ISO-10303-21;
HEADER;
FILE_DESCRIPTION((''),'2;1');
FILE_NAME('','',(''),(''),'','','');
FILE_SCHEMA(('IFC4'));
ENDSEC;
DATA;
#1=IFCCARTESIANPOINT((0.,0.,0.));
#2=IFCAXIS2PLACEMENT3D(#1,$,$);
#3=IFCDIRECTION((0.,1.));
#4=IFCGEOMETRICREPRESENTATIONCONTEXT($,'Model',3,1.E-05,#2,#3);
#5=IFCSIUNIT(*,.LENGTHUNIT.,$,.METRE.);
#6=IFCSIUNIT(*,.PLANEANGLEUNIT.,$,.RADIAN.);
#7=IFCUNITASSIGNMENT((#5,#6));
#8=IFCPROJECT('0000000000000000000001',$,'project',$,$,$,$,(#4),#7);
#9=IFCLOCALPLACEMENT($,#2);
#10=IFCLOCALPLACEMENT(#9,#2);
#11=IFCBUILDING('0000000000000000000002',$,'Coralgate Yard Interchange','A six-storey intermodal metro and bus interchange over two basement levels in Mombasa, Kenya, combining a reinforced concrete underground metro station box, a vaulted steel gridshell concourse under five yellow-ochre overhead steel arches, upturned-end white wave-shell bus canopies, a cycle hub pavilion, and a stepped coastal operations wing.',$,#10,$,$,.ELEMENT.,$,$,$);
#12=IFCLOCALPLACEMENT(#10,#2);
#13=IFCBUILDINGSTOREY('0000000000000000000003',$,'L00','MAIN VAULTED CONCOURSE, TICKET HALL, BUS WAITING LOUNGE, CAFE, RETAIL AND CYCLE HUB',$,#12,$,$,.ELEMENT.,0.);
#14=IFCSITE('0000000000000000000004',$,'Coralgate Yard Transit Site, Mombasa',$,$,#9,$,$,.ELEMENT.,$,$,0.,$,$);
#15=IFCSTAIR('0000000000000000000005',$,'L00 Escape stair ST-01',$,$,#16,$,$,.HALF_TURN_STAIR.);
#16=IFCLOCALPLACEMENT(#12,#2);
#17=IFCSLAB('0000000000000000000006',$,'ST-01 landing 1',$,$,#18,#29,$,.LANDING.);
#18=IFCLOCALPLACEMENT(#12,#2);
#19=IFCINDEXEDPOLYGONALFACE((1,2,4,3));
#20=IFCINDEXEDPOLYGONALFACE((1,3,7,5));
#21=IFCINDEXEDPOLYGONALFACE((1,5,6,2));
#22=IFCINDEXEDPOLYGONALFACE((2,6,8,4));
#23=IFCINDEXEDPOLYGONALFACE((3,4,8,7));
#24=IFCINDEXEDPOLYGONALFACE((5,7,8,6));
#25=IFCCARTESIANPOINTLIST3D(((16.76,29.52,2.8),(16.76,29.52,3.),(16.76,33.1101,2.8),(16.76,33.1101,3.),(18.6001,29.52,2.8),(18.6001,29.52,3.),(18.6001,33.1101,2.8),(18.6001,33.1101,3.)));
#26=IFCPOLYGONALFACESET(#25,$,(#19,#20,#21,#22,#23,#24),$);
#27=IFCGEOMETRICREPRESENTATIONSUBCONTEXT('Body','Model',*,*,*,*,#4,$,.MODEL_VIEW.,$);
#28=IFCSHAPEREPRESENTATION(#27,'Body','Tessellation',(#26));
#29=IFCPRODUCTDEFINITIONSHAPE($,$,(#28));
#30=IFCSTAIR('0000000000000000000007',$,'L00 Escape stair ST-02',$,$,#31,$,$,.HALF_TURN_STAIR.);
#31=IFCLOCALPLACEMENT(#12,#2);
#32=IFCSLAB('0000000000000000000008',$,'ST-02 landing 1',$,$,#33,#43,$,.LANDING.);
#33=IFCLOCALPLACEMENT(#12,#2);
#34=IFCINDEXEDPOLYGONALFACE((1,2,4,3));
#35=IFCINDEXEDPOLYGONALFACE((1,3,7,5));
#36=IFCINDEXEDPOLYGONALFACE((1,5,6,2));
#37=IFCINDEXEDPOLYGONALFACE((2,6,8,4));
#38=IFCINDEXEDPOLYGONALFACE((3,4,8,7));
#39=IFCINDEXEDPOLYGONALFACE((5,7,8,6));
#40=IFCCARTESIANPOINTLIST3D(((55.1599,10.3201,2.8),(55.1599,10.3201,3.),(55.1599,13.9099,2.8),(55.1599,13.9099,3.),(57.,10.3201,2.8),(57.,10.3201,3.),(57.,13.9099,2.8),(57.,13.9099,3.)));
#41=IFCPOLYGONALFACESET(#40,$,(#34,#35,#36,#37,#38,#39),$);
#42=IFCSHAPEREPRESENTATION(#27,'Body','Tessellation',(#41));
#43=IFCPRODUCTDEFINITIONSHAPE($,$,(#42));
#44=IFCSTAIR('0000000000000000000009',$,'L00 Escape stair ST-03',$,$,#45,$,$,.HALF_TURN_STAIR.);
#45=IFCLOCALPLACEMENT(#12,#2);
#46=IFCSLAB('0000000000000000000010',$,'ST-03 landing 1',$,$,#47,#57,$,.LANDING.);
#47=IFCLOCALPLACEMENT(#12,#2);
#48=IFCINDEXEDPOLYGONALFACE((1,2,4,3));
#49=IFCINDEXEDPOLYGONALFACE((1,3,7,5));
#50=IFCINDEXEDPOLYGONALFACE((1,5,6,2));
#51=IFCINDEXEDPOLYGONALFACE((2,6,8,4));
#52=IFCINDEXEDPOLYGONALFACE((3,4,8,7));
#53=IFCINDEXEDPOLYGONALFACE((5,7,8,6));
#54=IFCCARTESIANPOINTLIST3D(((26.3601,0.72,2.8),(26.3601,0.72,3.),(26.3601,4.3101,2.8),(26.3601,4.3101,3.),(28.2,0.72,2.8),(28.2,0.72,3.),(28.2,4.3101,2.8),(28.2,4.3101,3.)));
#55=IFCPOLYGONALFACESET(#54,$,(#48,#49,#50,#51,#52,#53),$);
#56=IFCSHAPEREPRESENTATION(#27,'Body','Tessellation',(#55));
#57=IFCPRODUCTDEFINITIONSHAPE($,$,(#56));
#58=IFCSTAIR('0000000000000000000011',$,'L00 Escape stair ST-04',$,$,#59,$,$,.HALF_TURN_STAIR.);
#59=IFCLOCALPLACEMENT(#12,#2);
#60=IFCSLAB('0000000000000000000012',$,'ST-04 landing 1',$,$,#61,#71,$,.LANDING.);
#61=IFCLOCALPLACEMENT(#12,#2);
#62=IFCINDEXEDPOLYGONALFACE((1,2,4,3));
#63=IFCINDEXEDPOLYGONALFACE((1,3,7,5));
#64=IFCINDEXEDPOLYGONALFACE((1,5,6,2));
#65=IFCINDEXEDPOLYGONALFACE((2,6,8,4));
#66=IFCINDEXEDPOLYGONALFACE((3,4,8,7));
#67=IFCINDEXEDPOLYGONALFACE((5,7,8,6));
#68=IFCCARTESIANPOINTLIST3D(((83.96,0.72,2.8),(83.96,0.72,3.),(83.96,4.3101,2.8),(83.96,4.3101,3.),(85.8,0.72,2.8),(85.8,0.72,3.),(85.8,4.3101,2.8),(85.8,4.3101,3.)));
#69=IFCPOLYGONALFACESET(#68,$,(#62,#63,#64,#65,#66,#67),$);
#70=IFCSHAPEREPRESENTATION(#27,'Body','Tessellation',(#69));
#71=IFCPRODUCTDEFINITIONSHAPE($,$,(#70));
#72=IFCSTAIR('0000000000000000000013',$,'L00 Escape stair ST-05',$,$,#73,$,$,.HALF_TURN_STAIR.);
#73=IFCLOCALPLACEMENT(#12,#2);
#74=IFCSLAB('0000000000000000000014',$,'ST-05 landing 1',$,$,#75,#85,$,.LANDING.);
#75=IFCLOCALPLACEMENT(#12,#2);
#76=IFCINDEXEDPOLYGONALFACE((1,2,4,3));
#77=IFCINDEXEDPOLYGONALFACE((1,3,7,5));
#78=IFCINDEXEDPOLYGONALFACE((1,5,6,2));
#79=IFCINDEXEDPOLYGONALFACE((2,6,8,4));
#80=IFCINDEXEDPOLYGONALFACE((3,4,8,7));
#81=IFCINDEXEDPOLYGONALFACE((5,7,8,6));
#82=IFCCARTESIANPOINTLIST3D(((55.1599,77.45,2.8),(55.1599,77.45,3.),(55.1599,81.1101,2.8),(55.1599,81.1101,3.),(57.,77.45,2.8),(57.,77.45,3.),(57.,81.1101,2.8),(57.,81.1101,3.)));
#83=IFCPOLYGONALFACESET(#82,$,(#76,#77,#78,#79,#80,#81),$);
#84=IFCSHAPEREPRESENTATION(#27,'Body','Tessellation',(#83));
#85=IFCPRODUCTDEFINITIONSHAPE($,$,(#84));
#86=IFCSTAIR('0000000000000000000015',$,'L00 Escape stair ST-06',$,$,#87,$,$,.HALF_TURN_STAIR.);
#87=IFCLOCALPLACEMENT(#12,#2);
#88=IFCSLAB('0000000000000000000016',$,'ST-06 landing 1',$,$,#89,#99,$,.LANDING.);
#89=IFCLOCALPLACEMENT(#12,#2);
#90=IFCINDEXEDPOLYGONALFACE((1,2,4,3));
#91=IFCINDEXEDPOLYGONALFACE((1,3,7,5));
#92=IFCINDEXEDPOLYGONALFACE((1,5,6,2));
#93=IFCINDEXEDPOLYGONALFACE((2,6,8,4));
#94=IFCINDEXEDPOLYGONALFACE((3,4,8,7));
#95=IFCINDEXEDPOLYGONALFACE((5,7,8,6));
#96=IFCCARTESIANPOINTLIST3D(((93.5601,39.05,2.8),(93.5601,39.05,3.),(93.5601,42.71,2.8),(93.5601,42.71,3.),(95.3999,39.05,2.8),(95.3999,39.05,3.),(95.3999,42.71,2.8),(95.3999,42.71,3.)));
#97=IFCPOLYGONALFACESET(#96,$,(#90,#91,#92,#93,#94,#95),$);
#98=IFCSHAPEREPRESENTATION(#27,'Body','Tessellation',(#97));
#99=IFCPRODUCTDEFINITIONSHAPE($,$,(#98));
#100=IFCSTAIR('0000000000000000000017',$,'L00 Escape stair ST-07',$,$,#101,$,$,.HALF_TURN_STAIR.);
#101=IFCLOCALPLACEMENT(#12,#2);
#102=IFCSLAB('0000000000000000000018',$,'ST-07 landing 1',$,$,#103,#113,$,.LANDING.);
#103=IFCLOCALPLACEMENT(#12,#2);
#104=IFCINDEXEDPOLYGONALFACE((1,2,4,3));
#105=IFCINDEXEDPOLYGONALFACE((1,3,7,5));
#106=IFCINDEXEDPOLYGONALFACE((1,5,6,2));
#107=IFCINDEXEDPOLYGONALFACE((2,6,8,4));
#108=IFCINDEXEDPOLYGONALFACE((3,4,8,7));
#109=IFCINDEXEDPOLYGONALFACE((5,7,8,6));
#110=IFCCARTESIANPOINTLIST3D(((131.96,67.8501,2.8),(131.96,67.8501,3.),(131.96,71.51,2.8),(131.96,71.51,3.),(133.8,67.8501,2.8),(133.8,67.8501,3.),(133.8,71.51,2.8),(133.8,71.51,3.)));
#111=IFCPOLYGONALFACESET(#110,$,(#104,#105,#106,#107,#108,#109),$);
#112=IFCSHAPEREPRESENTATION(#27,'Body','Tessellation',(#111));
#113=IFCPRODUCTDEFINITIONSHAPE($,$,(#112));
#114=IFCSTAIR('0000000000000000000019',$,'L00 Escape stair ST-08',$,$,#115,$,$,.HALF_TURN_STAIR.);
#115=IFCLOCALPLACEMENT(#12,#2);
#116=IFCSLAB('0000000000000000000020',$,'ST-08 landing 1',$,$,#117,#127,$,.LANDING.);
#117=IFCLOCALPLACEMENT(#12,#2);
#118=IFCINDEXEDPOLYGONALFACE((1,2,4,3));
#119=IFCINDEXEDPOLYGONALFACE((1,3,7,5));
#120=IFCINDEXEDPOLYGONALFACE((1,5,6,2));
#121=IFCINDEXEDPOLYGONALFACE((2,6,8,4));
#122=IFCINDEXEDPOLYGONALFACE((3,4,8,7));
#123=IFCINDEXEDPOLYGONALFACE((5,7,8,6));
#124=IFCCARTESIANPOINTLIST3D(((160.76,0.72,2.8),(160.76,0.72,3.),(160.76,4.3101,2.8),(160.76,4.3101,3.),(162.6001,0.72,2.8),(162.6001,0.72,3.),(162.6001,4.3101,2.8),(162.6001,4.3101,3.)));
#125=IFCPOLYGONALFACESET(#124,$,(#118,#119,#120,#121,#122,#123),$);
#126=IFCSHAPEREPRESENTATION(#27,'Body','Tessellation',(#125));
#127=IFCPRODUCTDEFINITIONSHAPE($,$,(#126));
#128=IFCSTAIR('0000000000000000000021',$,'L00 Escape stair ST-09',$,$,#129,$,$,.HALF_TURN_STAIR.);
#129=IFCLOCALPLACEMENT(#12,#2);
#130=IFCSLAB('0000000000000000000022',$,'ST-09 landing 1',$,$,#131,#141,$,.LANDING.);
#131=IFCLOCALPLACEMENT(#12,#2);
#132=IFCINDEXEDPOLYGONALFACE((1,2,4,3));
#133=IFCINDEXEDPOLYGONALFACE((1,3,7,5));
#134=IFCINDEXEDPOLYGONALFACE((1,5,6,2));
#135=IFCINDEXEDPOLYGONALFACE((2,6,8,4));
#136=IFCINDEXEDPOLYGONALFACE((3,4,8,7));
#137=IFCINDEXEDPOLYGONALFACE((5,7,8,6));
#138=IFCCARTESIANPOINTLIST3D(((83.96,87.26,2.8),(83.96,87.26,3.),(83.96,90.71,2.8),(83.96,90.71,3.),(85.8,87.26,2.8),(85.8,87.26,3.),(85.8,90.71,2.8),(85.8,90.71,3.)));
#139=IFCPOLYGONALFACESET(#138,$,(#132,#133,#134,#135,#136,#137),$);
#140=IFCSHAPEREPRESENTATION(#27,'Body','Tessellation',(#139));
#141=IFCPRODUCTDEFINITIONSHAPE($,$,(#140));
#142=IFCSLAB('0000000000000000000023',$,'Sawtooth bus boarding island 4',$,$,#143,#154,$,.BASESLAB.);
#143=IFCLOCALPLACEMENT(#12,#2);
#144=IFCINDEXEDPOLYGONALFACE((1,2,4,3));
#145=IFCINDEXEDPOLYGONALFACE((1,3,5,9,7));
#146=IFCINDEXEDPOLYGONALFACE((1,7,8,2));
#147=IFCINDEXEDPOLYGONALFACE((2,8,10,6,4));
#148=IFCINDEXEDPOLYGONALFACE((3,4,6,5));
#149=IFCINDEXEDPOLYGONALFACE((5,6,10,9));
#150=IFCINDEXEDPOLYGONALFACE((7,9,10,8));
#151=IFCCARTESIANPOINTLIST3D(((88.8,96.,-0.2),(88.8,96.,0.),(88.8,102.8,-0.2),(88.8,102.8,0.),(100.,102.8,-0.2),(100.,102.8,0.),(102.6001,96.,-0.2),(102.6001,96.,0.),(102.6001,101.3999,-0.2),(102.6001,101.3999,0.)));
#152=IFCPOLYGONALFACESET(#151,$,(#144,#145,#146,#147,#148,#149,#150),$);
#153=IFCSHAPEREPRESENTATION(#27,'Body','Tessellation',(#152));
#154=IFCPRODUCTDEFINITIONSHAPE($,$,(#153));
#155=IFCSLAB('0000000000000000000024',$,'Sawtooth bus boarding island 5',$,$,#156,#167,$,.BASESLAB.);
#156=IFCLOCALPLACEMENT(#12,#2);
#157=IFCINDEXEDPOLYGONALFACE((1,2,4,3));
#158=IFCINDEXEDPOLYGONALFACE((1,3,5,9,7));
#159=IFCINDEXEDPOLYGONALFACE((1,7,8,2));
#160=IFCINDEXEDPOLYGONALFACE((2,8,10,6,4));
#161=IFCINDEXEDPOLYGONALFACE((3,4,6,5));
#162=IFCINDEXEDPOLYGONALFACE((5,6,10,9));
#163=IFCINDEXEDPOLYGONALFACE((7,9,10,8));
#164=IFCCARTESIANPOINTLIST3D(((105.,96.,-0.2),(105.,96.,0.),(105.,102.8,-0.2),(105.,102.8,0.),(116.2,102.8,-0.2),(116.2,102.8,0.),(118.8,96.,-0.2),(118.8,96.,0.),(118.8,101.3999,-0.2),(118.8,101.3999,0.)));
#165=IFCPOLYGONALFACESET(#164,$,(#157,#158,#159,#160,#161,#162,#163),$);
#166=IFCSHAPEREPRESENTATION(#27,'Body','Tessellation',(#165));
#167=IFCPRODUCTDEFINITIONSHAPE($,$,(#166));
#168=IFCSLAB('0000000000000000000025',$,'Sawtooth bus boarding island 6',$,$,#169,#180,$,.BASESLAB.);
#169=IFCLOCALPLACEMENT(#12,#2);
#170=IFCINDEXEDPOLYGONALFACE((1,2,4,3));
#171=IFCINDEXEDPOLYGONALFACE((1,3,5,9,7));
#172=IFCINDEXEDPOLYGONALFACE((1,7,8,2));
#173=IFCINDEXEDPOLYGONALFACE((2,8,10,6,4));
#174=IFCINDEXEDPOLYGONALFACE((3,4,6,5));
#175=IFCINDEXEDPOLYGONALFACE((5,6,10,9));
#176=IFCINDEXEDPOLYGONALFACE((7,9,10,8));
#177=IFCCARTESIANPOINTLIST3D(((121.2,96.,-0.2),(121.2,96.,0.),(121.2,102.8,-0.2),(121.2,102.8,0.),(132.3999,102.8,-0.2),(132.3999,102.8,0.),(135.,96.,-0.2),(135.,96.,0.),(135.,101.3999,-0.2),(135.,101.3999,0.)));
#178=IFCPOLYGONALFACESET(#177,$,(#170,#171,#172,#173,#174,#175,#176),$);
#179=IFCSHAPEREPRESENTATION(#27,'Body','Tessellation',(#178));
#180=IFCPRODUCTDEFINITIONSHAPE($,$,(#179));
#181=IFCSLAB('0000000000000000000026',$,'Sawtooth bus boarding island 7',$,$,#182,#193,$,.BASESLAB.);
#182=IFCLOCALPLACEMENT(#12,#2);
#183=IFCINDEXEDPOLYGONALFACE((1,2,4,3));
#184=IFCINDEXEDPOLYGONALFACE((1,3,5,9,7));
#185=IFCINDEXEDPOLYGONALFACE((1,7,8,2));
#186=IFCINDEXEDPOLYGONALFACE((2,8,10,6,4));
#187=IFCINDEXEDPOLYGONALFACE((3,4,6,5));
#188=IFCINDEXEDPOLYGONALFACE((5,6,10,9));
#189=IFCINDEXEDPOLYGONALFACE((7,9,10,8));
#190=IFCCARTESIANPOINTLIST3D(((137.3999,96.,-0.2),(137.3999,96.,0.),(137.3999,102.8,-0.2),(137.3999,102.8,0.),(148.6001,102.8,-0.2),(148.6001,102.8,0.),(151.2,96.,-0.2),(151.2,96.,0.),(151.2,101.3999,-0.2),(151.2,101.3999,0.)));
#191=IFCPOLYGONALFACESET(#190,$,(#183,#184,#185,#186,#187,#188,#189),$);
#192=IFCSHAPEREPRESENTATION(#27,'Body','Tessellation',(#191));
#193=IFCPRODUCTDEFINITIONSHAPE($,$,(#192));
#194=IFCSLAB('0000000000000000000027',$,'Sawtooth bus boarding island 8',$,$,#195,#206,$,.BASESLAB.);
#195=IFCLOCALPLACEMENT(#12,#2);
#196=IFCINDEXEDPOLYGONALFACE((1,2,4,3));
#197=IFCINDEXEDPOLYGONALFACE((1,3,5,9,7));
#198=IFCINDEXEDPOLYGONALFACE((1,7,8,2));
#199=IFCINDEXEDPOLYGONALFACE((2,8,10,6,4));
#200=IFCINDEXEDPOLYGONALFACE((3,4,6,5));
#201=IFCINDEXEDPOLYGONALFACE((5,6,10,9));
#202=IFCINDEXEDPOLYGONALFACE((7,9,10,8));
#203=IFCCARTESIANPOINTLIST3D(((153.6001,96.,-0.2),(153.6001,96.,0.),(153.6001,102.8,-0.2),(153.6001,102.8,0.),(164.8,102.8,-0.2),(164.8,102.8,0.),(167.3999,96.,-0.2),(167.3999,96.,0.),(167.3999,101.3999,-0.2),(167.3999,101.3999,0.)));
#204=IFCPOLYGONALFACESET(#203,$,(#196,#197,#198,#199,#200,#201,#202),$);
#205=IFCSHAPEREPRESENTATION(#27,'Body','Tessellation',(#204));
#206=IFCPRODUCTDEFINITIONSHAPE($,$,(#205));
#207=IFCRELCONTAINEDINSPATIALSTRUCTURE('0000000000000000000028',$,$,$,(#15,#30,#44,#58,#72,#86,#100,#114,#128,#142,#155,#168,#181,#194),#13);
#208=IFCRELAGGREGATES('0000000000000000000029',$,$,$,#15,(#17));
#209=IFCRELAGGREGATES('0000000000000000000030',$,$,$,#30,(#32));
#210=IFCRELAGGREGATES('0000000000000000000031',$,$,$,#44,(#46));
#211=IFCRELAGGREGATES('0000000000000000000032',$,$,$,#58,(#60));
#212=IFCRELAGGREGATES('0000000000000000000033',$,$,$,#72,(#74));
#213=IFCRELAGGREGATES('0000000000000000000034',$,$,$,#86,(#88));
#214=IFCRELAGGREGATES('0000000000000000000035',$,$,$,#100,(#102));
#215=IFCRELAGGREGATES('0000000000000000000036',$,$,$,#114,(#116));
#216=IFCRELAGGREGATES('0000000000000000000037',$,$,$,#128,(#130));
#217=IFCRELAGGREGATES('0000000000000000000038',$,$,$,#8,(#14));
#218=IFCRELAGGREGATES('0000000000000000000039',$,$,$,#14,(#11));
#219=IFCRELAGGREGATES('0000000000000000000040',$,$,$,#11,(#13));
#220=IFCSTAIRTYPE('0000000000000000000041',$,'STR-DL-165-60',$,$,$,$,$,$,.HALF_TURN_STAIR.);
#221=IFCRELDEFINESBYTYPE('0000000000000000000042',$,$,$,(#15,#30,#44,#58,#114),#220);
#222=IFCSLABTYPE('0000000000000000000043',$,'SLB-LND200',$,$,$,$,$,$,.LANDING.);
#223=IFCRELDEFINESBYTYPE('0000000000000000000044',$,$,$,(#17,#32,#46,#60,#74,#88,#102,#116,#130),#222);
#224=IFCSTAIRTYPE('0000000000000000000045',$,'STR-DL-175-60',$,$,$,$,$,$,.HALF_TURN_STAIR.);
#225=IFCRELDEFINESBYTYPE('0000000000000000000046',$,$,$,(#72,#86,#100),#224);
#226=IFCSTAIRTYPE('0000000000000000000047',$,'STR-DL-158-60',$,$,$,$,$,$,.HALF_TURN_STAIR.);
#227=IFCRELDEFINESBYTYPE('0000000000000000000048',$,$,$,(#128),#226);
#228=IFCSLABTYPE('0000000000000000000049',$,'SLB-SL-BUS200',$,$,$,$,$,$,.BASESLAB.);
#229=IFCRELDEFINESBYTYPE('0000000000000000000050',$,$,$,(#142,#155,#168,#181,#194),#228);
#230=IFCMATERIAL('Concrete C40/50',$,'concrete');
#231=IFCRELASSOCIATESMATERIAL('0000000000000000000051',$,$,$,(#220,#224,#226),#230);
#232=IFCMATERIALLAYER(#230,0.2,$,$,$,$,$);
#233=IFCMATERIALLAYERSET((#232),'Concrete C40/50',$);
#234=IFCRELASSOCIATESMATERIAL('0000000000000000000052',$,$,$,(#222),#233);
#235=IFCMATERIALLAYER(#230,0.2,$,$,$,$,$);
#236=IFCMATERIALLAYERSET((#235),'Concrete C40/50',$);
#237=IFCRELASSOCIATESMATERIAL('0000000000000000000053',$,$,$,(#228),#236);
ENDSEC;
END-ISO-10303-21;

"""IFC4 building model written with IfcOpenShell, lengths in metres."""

from ifc_helpers import new_model, si_unit, direction, frame, origin, place, context, subcontext, project, spatial, polyline, outline, extrude, material, layer, layer_set, type_object, element, aggregate, save


model = new_model("IFC4")

# Units and contexts
model_context = context("Model", 3, precision=1e-05, world=origin(), true_north=direction((0.0, 1.0)))
body_context = subcontext(model_context, "Body", "Model", "MODEL_VIEW")
ifc_project = project(units=[si_unit("LENGTHUNIT", "METRE"), si_unit("PLANEANGLEUNIT", "RADIAN")], contexts=[model_context])

# Site, building, storey
site_placement = place(None, origin())
site = spatial("IfcSite", under=ifc_project, at=site_placement, Name="Coralgate Yard Transit Site, Mombasa", CompositionType="ELEMENT", RefElevation=0.0)
building_placement = place(site_placement, origin())
building = spatial("IfcBuilding", under=site, at=building_placement, Name="Coralgate Yard Interchange", Description="A six-storey intermodal metro and bus interchange over two basement levels in Mombasa, Kenya, combining a reinforced concrete underground metro station box, a vaulted steel gridshell concourse under five yellow-ochre overhead steel arches, upturned-end white wave-shell bus canopies, a cycle hub pavilion, and a stepped coastal operations wing.", CompositionType="ELEMENT")
storey_placement = place(building_placement, origin())
storey = spatial("IfcBuildingStorey", under=building, at=storey_placement, Name="L00", Description="MAIN VAULTED CONCOURSE, TICKET HALL, BUS WAITING LOUNGE, CAFE, RETAIL AND CYCLE HUB", CompositionType="ELEMENT", Elevation=0.0)

# Stairs, slabs
ifc_material_1 = material(Name="Concrete C40/50", Category="concrete")
stair_type_1 = type_object("IfcStairType", Name="STR-DL-165-60", PredefinedType="HALF_TURN_STAIR", material=ifc_material_1)
stair_1_placement = place(storey_placement, origin())
stair_1 = element("IfcStair", 1, at=stair_1_placement, inside=storey, type_object=stair_type_1, Name="L00 Escape stair ST-01", PredefinedType="HALF_TURN_STAIR")
ifc_layer_1 = layer(ifc_material_1, 0.2)
ifc_layer_set_1 = layer_set([ifc_layer_1], Name="Concrete C40/50")
slab_type_1 = type_object("IfcSlabType", Name="SLB-LND200", PredefinedType="LANDING", material=ifc_layer_set_1)
slab_1_placement = place(storey_placement, frame((0.0, 0.0, 2.8)))
slab_1 = element("IfcSlab", 2, at=slab_1_placement, type_object=slab_type_1, Name="ST-01 landing 1", PredefinedType="LANDING", context=body_context, shape_type="SweptSolid", body=[
    extrude(outline(polyline([(16.76, 29.52), (18.6001, 29.52), (18.6001, 33.1101), (16.76, 33.1101), (16.76, 29.52)])), origin(), (0.0, 0.0, 1.0), 0.2),
])
aggregate(stair_1, [slab_1])
stair_2_placement = place(storey_placement, origin())
stair_2 = element("IfcStair", 3, at=stair_2_placement, inside=storey, type_object=stair_type_1, Name="L00 Escape stair ST-02", PredefinedType="HALF_TURN_STAIR")
slab_2_placement = place(storey_placement, frame((0.0, 0.0, 2.8)))
slab_2 = element("IfcSlab", 4, at=slab_2_placement, type_object=slab_type_1, Name="ST-02 landing 1", PredefinedType="LANDING", context=body_context, shape_type="SweptSolid", body=[
    extrude(outline(polyline([(55.1599, 10.3201), (57.0, 10.3201), (57.0, 13.9099), (55.1599, 13.9099), (55.1599, 10.3201)])), origin(), (0.0, 0.0, 1.0), 0.2),
])
aggregate(stair_2, [slab_2])
stair_3_placement = place(storey_placement, origin())
stair_3 = element("IfcStair", 5, at=stair_3_placement, inside=storey, type_object=stair_type_1, Name="L00 Escape stair ST-03", PredefinedType="HALF_TURN_STAIR")
slab_3_placement = place(storey_placement, frame((0.0, 0.0, 2.8)))
slab_3 = element("IfcSlab", 6, at=slab_3_placement, type_object=slab_type_1, Name="ST-03 landing 1", PredefinedType="LANDING", context=body_context, shape_type="SweptSolid", body=[
    extrude(outline(polyline([(26.3601, 0.72), (28.2, 0.72), (28.2, 4.3101), (26.3601, 4.3101), (26.3601, 0.72)])), origin(), (0.0, 0.0, 1.0), 0.2),
])
aggregate(stair_3, [slab_3])
stair_4_placement = place(storey_placement, origin())
stair_4 = element("IfcStair", 7, at=stair_4_placement, inside=storey, type_object=stair_type_1, Name="L00 Escape stair ST-04", PredefinedType="HALF_TURN_STAIR")
slab_4_placement = place(storey_placement, frame((0.0, 0.0, 2.8)))
slab_4 = element("IfcSlab", 8, at=slab_4_placement, type_object=slab_type_1, Name="ST-04 landing 1", PredefinedType="LANDING", context=body_context, shape_type="SweptSolid", body=[
    extrude(outline(polyline([(83.96, 0.72), (85.8, 0.72), (85.8, 4.3101), (83.96, 4.3101), (83.96, 0.72)])), origin(), (0.0, 0.0, 1.0), 0.2),
])
aggregate(stair_4, [slab_4])
stair_type_2 = type_object("IfcStairType", Name="STR-DL-175-60", PredefinedType="HALF_TURN_STAIR", material=ifc_material_1)
stair_5_placement = place(storey_placement, origin())
stair_5 = element("IfcStair", 9, at=stair_5_placement, inside=storey, type_object=stair_type_2, Name="L00 Escape stair ST-05", PredefinedType="HALF_TURN_STAIR")
slab_5_placement = place(storey_placement, frame((0.0, 0.0, 2.8)))
slab_5 = element("IfcSlab", 10, at=slab_5_placement, type_object=slab_type_1, Name="ST-05 landing 1", PredefinedType="LANDING", context=body_context, shape_type="SweptSolid", body=[
    extrude(outline(polyline([(55.1599, 77.45), (57.0, 77.45), (57.0, 81.1101), (55.1599, 81.1101), (55.1599, 77.45)])), origin(), (0.0, 0.0, 1.0), 0.2),
])
aggregate(stair_5, [slab_5])
stair_6_placement = place(storey_placement, origin())
stair_6 = element("IfcStair", 11, at=stair_6_placement, inside=storey, type_object=stair_type_2, Name="L00 Escape stair ST-06", PredefinedType="HALF_TURN_STAIR")
slab_6_placement = place(storey_placement, frame((0.0, 0.0, 2.8)))
slab_6 = element("IfcSlab", 12, at=slab_6_placement, type_object=slab_type_1, Name="ST-06 landing 1", PredefinedType="LANDING", context=body_context, shape_type="SweptSolid", body=[
    extrude(outline(polyline([(93.5601, 39.05), (95.3999, 39.05), (95.3999, 42.71), (93.5601, 42.71), (93.5601, 39.05)])), origin(), (0.0, 0.0, 1.0), 0.2),
])
aggregate(stair_6, [slab_6])
stair_7_placement = place(storey_placement, origin())
stair_7 = element("IfcStair", 13, at=stair_7_placement, inside=storey, type_object=stair_type_2, Name="L00 Escape stair ST-07", PredefinedType="HALF_TURN_STAIR")
slab_7_placement = place(storey_placement, frame((0.0, 0.0, 2.8)))
slab_7 = element("IfcSlab", 14, at=slab_7_placement, type_object=slab_type_1, Name="ST-07 landing 1", PredefinedType="LANDING", context=body_context, shape_type="SweptSolid", body=[
    extrude(outline(polyline([(131.96, 67.8501), (133.8, 67.8501), (133.8, 71.51), (131.96, 71.51), (131.96, 67.8501)])), origin(), (0.0, 0.0, 1.0), 0.2),
])
aggregate(stair_7, [slab_7])
stair_8_placement = place(storey_placement, origin())
stair_8 = element("IfcStair", 15, at=stair_8_placement, inside=storey, type_object=stair_type_1, Name="L00 Escape stair ST-08", PredefinedType="HALF_TURN_STAIR")
slab_8_placement = place(storey_placement, frame((0.0, 0.0, 2.8)))
slab_8 = element("IfcSlab", 16, at=slab_8_placement, type_object=slab_type_1, Name="ST-08 landing 1", PredefinedType="LANDING", context=body_context, shape_type="SweptSolid", body=[
    extrude(outline(polyline([(160.76, 0.72), (162.6001, 0.72), (162.6001, 4.3101), (160.76, 4.3101), (160.76, 0.72)])), origin(), (0.0, 0.0, 1.0), 0.2),
])
aggregate(stair_8, [slab_8])
stair_type_3 = type_object("IfcStairType", Name="STR-DL-158-60", PredefinedType="HALF_TURN_STAIR", material=ifc_material_1)
stair_9_placement = place(storey_placement, origin())
stair_9 = element("IfcStair", 17, at=stair_9_placement, inside=storey, type_object=stair_type_3, Name="L00 Escape stair ST-09", PredefinedType="HALF_TURN_STAIR")
slab_9_placement = place(storey_placement, frame((0.0, 0.0, 2.8)))
slab_9 = element("IfcSlab", 18, at=slab_9_placement, type_object=slab_type_1, Name="ST-09 landing 1", PredefinedType="LANDING", context=body_context, shape_type="SweptSolid", body=[
    extrude(outline(polyline([(83.96, 87.26), (85.8, 87.26), (85.8, 90.71), (83.96, 90.71), (83.96, 87.26)])), origin(), (0.0, 0.0, 1.0), 0.2),
])
aggregate(stair_9, [slab_9])

# Slabs
ifc_layer_2 = layer(ifc_material_1, 0.2)
ifc_layer_set_2 = layer_set([ifc_layer_2], Name="Concrete C40/50")
slab_type_2 = type_object("IfcSlabType", Name="SLB-SL-BUS200", PredefinedType="BASESLAB", material=ifc_layer_set_2)
slab_10_placement = place(storey_placement, frame((0.0, 0.0, -0.2)))
element("IfcSlab", 19, at=slab_10_placement, inside=storey, type_object=slab_type_2, Name="Sawtooth bus boarding island 4", PredefinedType="BASESLAB", context=body_context, shape_type="SweptSolid", body=[
    extrude(outline(polyline([(88.8, 96.0), (102.6001, 96.0), (102.6001, 101.3999), (100.0, 102.8), (88.8, 102.8), (88.8, 96.0)])), origin(), (0.0, 0.0, 1.0), 0.2),
])
slab_11_placement = place(storey_placement, frame((0.0, 0.0, -0.2)))
element("IfcSlab", 20, at=slab_11_placement, inside=storey, type_object=slab_type_2, Name="Sawtooth bus boarding island 5", PredefinedType="BASESLAB", context=body_context, shape_type="SweptSolid", body=[
    extrude(outline(polyline([(105.0, 96.0), (118.8, 96.0), (118.8, 101.3999), (116.2, 102.8), (105.0, 102.8), (105.0, 96.0)])), origin(), (0.0, 0.0, 1.0), 0.2),
])
slab_12_placement = place(storey_placement, frame((0.0, 0.0, -0.2)))
element("IfcSlab", 21, at=slab_12_placement, inside=storey, type_object=slab_type_2, Name="Sawtooth bus boarding island 6", PredefinedType="BASESLAB", context=body_context, shape_type="SweptSolid", body=[
    extrude(outline(polyline([(121.2, 96.0), (135.0, 96.0), (135.0, 101.3999), (132.3999, 102.8), (121.2, 102.8), (121.2, 96.0)])), origin(), (0.0, 0.0, 1.0), 0.2),
])
slab_13_placement = place(storey_placement, frame((0.0, 0.0, -0.2)))
element("IfcSlab", 22, at=slab_13_placement, inside=storey, type_object=slab_type_2, Name="Sawtooth bus boarding island 7", PredefinedType="BASESLAB", context=body_context, shape_type="SweptSolid", body=[
    extrude(outline(polyline([(137.3999, 96.0), (151.2, 96.0), (151.2, 101.3999), (148.6001, 102.8), (137.3999, 102.8), (137.3999, 96.0)])), origin(), (0.0, 0.0, 1.0), 0.2),
])
slab_14_placement = place(storey_placement, frame((0.0, 0.0, -0.2)))
element("IfcSlab", 23, at=slab_14_placement, inside=storey, type_object=slab_type_2, Name="Sawtooth bus boarding island 8", PredefinedType="BASESLAB", context=body_context, shape_type="SweptSolid", body=[
    extrude(outline(polyline([(153.6001, 96.0), (167.3999, 96.0), (167.3999, 101.3999), (164.8, 102.8), (153.6001, 102.8), (153.6001, 96.0)])), origin(), (0.0, 0.0, 1.0), 0.2),
])

save(model, "model.ifc")
